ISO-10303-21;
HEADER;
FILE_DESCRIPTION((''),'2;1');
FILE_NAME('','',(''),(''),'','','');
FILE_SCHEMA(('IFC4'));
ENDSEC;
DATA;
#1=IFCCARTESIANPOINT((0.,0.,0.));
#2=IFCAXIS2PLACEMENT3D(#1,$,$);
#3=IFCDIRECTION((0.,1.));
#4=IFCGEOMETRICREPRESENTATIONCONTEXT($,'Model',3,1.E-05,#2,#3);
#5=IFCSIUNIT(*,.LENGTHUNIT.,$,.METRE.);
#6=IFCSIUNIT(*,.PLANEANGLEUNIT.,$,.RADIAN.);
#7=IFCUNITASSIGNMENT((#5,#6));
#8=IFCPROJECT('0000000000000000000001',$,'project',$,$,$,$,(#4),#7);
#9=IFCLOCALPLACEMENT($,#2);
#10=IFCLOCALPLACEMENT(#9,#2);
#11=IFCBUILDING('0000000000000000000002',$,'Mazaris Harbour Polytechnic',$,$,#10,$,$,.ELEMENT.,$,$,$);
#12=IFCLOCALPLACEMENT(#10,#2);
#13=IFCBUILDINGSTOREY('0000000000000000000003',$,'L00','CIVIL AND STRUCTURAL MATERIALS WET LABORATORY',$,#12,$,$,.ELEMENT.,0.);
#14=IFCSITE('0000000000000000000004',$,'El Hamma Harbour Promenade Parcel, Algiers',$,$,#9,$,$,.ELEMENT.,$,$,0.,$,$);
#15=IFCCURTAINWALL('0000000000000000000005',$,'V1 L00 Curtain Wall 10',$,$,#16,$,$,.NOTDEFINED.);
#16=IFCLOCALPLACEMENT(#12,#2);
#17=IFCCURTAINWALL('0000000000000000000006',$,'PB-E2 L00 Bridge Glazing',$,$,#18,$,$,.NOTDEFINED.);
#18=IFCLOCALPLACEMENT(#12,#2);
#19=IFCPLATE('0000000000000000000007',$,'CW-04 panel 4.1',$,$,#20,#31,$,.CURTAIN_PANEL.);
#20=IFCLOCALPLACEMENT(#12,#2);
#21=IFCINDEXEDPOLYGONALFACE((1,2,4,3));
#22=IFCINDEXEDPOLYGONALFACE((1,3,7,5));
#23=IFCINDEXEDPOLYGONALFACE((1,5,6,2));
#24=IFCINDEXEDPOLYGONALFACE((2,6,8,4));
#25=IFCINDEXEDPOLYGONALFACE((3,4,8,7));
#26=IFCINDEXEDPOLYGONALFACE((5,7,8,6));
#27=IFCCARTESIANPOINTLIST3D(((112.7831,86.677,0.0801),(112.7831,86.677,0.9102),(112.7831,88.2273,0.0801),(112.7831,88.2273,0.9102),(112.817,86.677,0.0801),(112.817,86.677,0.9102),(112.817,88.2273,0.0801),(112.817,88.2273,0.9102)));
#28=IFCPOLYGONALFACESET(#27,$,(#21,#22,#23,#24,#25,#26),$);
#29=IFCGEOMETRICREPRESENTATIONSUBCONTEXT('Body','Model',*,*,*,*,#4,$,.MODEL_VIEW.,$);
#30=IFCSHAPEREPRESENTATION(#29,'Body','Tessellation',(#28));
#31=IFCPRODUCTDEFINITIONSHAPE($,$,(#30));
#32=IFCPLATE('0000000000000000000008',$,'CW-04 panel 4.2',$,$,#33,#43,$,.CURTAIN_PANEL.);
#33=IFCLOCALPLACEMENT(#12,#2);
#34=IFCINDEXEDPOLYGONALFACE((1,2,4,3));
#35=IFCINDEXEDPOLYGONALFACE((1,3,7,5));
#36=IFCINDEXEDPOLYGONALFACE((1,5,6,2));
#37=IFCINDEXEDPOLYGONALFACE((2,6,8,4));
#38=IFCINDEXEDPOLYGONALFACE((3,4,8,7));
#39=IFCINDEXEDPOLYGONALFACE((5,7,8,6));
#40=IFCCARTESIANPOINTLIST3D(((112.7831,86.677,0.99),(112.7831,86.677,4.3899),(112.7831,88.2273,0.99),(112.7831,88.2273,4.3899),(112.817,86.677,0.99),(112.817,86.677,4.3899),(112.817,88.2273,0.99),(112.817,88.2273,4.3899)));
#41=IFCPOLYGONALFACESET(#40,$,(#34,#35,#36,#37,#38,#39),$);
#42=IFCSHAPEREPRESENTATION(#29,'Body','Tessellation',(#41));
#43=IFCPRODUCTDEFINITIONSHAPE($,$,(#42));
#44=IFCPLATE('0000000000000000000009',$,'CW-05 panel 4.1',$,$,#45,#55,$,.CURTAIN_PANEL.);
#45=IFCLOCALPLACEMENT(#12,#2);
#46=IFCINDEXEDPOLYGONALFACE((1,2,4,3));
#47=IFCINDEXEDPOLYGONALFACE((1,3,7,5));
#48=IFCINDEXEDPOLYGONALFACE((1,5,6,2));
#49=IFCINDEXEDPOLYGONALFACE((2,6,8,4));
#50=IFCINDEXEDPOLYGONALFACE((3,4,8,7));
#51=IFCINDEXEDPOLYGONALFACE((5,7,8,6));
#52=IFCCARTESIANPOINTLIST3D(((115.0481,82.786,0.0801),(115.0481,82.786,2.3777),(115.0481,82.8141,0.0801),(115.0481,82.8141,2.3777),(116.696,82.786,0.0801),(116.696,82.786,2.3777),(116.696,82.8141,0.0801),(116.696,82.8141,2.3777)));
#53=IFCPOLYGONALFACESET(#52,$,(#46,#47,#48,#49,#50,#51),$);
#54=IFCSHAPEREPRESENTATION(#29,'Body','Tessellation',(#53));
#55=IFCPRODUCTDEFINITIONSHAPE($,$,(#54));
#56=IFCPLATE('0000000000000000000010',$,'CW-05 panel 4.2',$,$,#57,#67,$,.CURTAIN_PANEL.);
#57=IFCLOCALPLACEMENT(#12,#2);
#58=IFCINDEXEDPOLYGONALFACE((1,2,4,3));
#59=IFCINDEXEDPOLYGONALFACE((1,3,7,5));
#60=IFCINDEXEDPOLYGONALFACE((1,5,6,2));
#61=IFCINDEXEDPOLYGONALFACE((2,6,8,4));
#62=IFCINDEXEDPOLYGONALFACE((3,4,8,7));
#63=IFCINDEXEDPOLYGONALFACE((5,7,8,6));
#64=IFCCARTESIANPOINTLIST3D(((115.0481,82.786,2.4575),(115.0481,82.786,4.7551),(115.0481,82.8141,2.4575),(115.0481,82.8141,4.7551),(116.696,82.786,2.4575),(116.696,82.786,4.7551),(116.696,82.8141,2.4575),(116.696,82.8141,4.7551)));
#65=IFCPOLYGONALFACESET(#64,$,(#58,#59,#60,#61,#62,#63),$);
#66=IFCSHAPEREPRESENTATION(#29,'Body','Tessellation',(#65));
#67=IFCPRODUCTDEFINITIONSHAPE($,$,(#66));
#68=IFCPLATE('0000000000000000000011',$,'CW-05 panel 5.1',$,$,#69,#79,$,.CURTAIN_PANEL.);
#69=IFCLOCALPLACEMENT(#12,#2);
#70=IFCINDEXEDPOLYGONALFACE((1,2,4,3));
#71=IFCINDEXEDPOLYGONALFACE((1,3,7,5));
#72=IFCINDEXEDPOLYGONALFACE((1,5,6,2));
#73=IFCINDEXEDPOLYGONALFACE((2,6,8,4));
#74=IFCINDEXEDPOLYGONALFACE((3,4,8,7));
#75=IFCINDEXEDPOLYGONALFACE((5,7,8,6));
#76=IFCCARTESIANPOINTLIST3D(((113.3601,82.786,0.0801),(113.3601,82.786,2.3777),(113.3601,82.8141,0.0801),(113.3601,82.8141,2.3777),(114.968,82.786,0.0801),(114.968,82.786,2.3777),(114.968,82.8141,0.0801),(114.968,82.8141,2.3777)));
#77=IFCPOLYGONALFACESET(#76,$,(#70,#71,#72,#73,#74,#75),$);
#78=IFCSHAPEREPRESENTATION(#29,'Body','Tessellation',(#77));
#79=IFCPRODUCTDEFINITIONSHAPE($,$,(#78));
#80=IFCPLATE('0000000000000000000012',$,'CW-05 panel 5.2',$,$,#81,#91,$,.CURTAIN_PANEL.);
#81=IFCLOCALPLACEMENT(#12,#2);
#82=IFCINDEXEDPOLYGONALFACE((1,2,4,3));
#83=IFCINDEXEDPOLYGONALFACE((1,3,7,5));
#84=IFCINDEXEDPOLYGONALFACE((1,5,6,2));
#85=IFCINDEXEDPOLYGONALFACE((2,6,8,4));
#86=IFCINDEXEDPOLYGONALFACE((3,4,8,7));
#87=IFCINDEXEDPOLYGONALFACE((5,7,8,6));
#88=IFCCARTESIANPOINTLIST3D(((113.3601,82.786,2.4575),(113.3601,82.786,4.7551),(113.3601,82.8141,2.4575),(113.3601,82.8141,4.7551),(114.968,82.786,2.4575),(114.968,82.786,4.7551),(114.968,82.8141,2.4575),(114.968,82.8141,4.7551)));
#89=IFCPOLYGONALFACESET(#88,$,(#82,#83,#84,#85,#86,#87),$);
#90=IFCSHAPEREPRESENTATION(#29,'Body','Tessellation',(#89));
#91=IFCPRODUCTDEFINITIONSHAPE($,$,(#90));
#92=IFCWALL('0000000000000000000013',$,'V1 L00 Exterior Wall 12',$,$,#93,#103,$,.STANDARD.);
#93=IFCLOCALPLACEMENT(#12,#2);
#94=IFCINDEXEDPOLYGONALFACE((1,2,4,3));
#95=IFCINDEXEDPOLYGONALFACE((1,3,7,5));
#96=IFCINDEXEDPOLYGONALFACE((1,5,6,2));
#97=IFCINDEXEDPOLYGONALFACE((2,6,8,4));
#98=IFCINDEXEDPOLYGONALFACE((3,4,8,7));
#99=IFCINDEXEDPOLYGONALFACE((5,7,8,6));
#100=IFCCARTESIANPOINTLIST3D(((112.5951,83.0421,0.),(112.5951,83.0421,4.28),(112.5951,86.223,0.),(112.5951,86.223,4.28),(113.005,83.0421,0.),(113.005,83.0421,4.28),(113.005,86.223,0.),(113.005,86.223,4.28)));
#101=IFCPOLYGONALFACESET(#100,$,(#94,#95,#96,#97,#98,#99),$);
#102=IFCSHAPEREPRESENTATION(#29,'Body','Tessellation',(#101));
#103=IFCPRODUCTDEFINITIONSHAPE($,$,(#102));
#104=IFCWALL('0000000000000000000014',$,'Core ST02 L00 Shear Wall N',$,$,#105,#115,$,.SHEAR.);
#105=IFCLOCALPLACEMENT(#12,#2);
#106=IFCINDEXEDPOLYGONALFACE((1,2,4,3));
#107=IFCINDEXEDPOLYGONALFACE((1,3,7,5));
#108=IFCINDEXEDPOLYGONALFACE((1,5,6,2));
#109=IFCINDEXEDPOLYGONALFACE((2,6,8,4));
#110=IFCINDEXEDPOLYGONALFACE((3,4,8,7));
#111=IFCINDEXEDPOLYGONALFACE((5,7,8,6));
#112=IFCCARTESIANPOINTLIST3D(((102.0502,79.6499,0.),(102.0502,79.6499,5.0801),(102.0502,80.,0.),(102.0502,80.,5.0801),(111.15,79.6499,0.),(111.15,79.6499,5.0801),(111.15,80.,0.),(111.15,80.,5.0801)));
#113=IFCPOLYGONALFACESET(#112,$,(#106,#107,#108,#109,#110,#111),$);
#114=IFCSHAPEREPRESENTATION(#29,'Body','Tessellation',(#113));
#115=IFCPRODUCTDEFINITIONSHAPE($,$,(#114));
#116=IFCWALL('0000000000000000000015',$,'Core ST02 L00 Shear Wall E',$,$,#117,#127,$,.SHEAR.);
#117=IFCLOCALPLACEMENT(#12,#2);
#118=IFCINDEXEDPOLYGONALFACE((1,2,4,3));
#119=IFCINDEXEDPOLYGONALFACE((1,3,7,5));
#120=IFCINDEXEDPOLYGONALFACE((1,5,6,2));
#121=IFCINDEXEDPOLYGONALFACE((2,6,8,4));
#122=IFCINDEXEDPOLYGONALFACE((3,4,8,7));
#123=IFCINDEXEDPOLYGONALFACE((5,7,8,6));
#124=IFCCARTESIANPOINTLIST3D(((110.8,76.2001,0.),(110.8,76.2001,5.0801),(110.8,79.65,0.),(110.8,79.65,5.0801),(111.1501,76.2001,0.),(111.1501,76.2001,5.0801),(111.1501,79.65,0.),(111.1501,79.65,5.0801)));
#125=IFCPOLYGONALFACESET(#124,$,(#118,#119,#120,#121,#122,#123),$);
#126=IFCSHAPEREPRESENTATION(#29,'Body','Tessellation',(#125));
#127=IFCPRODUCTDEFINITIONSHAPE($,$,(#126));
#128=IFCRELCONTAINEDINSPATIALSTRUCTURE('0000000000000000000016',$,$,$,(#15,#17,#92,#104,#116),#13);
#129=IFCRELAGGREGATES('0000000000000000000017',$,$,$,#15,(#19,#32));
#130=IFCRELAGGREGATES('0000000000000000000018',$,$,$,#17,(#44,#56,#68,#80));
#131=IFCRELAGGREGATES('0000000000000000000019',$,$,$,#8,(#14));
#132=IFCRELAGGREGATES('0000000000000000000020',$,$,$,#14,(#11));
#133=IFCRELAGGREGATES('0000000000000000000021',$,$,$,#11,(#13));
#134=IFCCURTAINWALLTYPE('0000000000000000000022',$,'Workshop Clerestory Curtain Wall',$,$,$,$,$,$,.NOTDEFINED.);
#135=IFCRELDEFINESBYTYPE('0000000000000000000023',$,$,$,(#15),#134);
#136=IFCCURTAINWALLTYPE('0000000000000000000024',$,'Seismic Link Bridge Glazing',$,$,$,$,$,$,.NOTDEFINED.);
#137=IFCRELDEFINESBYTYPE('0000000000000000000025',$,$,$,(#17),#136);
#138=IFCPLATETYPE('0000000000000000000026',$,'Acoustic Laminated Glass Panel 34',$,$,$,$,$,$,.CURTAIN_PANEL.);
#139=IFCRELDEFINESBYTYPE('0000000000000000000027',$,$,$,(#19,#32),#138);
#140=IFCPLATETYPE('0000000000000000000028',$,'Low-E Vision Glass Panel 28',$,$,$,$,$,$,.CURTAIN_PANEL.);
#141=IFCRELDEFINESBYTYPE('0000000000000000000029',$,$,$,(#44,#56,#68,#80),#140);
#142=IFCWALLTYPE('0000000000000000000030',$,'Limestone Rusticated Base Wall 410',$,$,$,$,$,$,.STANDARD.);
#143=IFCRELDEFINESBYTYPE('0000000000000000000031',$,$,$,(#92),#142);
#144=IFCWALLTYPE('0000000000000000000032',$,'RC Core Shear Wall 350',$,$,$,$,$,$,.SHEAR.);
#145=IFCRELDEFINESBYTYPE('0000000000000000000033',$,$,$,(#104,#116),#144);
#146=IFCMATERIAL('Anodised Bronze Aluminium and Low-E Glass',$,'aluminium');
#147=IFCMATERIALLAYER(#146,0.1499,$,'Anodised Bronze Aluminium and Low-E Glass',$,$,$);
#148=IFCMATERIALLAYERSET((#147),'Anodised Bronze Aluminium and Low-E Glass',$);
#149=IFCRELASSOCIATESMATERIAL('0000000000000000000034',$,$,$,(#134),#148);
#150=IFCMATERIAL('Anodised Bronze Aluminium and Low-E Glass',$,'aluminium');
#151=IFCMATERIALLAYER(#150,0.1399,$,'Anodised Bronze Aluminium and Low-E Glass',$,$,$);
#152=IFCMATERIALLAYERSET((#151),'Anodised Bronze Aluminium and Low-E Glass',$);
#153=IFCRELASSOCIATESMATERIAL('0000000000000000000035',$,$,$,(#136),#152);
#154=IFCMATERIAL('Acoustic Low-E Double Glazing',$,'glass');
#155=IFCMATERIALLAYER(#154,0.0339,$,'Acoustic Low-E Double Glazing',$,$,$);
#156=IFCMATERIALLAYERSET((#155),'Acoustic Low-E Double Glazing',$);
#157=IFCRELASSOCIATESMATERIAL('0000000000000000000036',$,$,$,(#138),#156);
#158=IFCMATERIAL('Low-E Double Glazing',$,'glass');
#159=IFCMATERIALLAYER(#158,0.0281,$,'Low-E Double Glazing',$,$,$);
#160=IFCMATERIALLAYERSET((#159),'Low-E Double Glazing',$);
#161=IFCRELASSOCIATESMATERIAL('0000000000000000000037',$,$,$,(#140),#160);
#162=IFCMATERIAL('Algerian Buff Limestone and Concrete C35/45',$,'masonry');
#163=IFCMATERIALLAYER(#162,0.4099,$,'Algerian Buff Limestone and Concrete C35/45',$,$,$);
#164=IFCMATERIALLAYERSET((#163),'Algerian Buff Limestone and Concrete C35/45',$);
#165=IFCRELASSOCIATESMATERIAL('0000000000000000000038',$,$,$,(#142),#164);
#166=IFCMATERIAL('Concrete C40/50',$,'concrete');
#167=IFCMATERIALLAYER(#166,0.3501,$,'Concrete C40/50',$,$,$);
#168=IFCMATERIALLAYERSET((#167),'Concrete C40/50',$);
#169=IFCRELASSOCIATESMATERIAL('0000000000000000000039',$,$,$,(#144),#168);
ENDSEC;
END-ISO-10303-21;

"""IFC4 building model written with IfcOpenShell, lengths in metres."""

from ifc_helpers import new_model, si_unit, direction, frame, frame_2d, origin, origin_2d, place, context, subcontext, project, spatial, rectangle, extrude, material, layer, layer_set, type_object, element, aggregate, save


model = new_model("IFC4")

# Units and contexts
model_context = context("Model", 3, precision=1e-05, world=origin(), true_north=direction((0.0, 1.0)))
body_context = subcontext(model_context, "Body", "Model", "MODEL_VIEW")
ifc_project = project(units=[si_unit("LENGTHUNIT", "METRE"), si_unit("PLANEANGLEUNIT", "RADIAN")], contexts=[model_context])

# Site, building, storey
site_placement = place(None, origin())
site = spatial("IfcSite", under=ifc_project, at=site_placement, Name="El Hamma Harbour Promenade Parcel, Algiers", CompositionType="ELEMENT", RefElevation=0.0)
building_placement = place(site_placement, origin())
building = spatial("IfcBuilding", under=site, at=building_placement, Name="Mazaris Harbour Polytechnic", CompositionType="ELEMENT")
storey_placement = place(building_placement, origin())
storey = spatial("IfcBuildingStorey", under=building, at=storey_placement, Name="L00", Description="CIVIL AND STRUCTURAL MATERIALS WET LABORATORY", CompositionType="ELEMENT", Elevation=0.0)

# Curtain wall
ifc_material_1 = material(Name="Anodised Bronze Aluminium and Low-E Glass", Category="aluminium")
ifc_layer_1 = layer(ifc_material_1, 0.1499, Name="Anodised Bronze Aluminium and Low-E Glass")
ifc_layer_set_1 = layer_set([ifc_layer_1], Name="Anodised Bronze Aluminium and Low-E Glass")
curtain_wall_type_1 = type_object("IfcCurtainWallType", Name="Workshop Clerestory Curtain Wall", PredefinedType="NOTDEFINED", material=ifc_layer_set_1)
curtain_wall_1_placement = place(storey_placement, origin())
curtain_wall_1 = element("IfcCurtainWall", 1, at=curtain_wall_1_placement, inside=storey, type_object=curtain_wall_type_1, Name="V1 L00 Curtain Wall 10", PredefinedType="NOTDEFINED")

# Curtain wall
ifc_material_2 = material(Name="Anodised Bronze Aluminium and Low-E Glass", Category="aluminium")
ifc_layer_2 = layer(ifc_material_2, 0.1399, Name="Anodised Bronze Aluminium and Low-E Glass")
ifc_layer_set_2 = layer_set([ifc_layer_2], Name="Anodised Bronze Aluminium and Low-E Glass")
curtain_wall_type_2 = type_object("IfcCurtainWallType", Name="Seismic Link Bridge Glazing", PredefinedType="NOTDEFINED", material=ifc_layer_set_2)
curtain_wall_2_placement = place(storey_placement, origin())
curtain_wall_2 = element("IfcCurtainWall", 2, at=curtain_wall_2_placement, inside=storey, type_object=curtain_wall_type_2, Name="PB-E2 L00 Bridge Glazing", PredefinedType="NOTDEFINED")

# Plates
ifc_material_3 = material(Name="Acoustic Low-E Double Glazing", Category="glass")
ifc_layer_3 = layer(ifc_material_3, 0.0339, Name="Acoustic Low-E Double Glazing")
ifc_layer_set_3 = layer_set([ifc_layer_3], Name="Acoustic Low-E Double Glazing")
plate_type_1 = type_object("IfcPlateType", Name="Acoustic Laminated Glass Panel 34", PredefinedType="CURTAIN_PANEL", material=ifc_layer_set_3)
plate_1_placement = place(storey_placement, frame((112.8, 87.4521, 0.0801), z_axis=(0.0, 0.0, 1.0), x_axis=(0.0, -1.0, 0.0)))
plate_1 = element("IfcPlate", 3, at=plate_1_placement, type_object=plate_type_1, Name="CW-04 panel 4.1", PredefinedType="CURTAIN_PANEL", context=body_context, shape_type="SweptSolid", body=[
    extrude(rectangle(XDim=1.5503, YDim=0.0339, at=origin_2d()), origin(), (0.0, 0.0, 1.0), 0.8301),
])
plate_2_placement = place(storey_placement, frame((112.8, 87.4521, 0.99), z_axis=(0.0, 0.0, 1.0), x_axis=(0.0, -1.0, 0.0)))
plate_2 = element("IfcPlate", 4, at=plate_2_placement, type_object=plate_type_1, Name="CW-04 panel 4.2", PredefinedType="CURTAIN_PANEL", context=body_context, shape_type="SweptSolid", body=[
    extrude(rectangle(XDim=1.5503, YDim=0.0339, at=origin_2d()), origin(), (0.0, 0.0, 1.0), 3.3999),
])
aggregate(curtain_wall_1, [plate_1, plate_2])
ifc_material_4 = material(Name="Low-E Double Glazing", Category="glass")
ifc_layer_4 = layer(ifc_material_4, 0.0281, Name="Low-E Double Glazing")
ifc_layer_set_4 = layer_set([ifc_layer_4], Name="Low-E Double Glazing")
plate_type_2 = type_object("IfcPlateType", Name="Low-E Vision Glass Panel 28", PredefinedType="CURTAIN_PANEL", material=ifc_layer_set_4)
plate_3_placement = place(storey_placement, frame((115.8721, 82.8, 0.0801), z_axis=(0.0, 0.0, 1.0), x_axis=(-1.0, 0.0, 0.0)))
plate_3 = element("IfcPlate", 5, at=plate_3_placement, type_object=plate_type_2, Name="CW-05 panel 4.1", PredefinedType="CURTAIN_PANEL", context=body_context, shape_type="SweptSolid", body=[
    extrude(rectangle(XDim=1.6479, YDim=0.0281, at=origin_2d()), origin(), (0.0, 0.0, 1.0), 2.2976),
])
plate_4_placement = place(storey_placement, frame((115.8721, 82.8, 2.4575), z_axis=(0.0, 0.0, 1.0), x_axis=(-1.0, 0.0, 0.0)))
plate_4 = element("IfcPlate", 6, at=plate_4_placement, type_object=plate_type_2, Name="CW-05 panel 4.2", PredefinedType="CURTAIN_PANEL", context=body_context, shape_type="SweptSolid", body=[
    extrude(rectangle(XDim=1.6479, YDim=0.0281, at=origin_2d()), origin(), (0.0, 0.0, 1.0), 2.2976),
])
plate_5_placement = place(storey_placement, frame((114.1641, 82.8, 0.0801), z_axis=(0.0, 0.0, 1.0), x_axis=(-1.0, 0.0, 0.0)))
plate_5 = element("IfcPlate", 7, at=plate_5_placement, type_object=plate_type_2, Name="CW-05 panel 5.1", PredefinedType="CURTAIN_PANEL", context=body_context, shape_type="SweptSolid", body=[
    extrude(rectangle(XDim=1.6079, YDim=0.0281, at=origin_2d()), origin(), (0.0, 0.0, 1.0), 2.2976),
])
plate_6_placement = place(storey_placement, frame((114.1641, 82.8, 2.4575), z_axis=(0.0, 0.0, 1.0), x_axis=(-1.0, 0.0, 0.0)))
plate_6 = element("IfcPlate", 8, at=plate_6_placement, type_object=plate_type_2, Name="CW-05 panel 5.2", PredefinedType="CURTAIN_PANEL", context=body_context, shape_type="SweptSolid", body=[
    extrude(rectangle(XDim=1.6079, YDim=0.0281, at=origin_2d()), origin(), (0.0, 0.0, 1.0), 2.2976),
])
aggregate(curtain_wall_2, [plate_3, plate_4, plate_5, plate_6])

# Walls
ifc_material_5 = material(Name="Algerian Buff Limestone and Concrete C35/45", Category="masonry")
ifc_layer_5 = layer(ifc_material_5, 0.4099, Name="Algerian Buff Limestone and Concrete C35/45")
ifc_layer_set_5 = layer_set([ifc_layer_5], Name="Algerian Buff Limestone and Concrete C35/45")
wall_type_1 = type_object("IfcWallType", Name="Limestone Rusticated Base Wall 410", PredefinedType="STANDARD", material=ifc_layer_set_5)
wall_1_placement = place(storey_placement, frame((112.8, 86.2229, 0.0), z_axis=(0.0, 0.0, 1.0), x_axis=(0.0, -1.0, 0.0)))
element("IfcWall", 9, at=wall_1_placement, inside=storey, type_object=wall_type_1, Name="V1 L00 Exterior Wall 12", PredefinedType="STANDARD", context=body_context, shape_type="SweptSolid", body=[
    extrude(rectangle(XDim=3.1809, YDim=0.4099, at=frame_2d((1.5903, 0.0))), origin(), (0.0, 0.0, 1.0), 4.28),
])
ifc_material_6 = material(Name="Concrete C40/50", Category="concrete")
ifc_layer_6 = layer(ifc_material_6, 0.3501, Name="Concrete C40/50")
ifc_layer_set_6 = layer_set([ifc_layer_6], Name="Concrete C40/50")
wall_type_2 = type_object("IfcWallType", Name="RC Core Shear Wall 350", PredefinedType="SHEAR", material=ifc_layer_set_6)
wall_2_placement = place(storey_placement, frame((111.1499, 79.825, 0.0), z_axis=(0.0, 0.0, 1.0), x_axis=(-1.0, 0.0, 0.0)))
element("IfcWall", 10, at=wall_2_placement, inside=storey, type_object=wall_type_2, Name="Core ST02 L00 Shear Wall N", PredefinedType="SHEAR", context=body_context, shape_type="SweptSolid", body=[
    extrude(rectangle(XDim=9.0999, YDim=0.3501, at=frame_2d((4.5498, 0.0))), origin(), (0.0, 0.0, 1.0), 5.0801),
])
wall_3_placement = place(storey_placement, frame((110.9751, 76.2, 0.0), z_axis=(0.0, 0.0, 1.0), x_axis=(0.0, 1.0, 0.0)))
element("IfcWall", 11, at=wall_3_placement, inside=storey, type_object=wall_type_2, Name="Core ST02 L00 Shear Wall E", PredefinedType="SHEAR", context=body_context, shape_type="SweptSolid", body=[
    extrude(rectangle(XDim=3.45, YDim=0.3501, at=frame_2d((1.7251, 0.0))), origin(), (0.0, 0.0, 1.0), 5.0801),
])

save(model, "model.ifc")
